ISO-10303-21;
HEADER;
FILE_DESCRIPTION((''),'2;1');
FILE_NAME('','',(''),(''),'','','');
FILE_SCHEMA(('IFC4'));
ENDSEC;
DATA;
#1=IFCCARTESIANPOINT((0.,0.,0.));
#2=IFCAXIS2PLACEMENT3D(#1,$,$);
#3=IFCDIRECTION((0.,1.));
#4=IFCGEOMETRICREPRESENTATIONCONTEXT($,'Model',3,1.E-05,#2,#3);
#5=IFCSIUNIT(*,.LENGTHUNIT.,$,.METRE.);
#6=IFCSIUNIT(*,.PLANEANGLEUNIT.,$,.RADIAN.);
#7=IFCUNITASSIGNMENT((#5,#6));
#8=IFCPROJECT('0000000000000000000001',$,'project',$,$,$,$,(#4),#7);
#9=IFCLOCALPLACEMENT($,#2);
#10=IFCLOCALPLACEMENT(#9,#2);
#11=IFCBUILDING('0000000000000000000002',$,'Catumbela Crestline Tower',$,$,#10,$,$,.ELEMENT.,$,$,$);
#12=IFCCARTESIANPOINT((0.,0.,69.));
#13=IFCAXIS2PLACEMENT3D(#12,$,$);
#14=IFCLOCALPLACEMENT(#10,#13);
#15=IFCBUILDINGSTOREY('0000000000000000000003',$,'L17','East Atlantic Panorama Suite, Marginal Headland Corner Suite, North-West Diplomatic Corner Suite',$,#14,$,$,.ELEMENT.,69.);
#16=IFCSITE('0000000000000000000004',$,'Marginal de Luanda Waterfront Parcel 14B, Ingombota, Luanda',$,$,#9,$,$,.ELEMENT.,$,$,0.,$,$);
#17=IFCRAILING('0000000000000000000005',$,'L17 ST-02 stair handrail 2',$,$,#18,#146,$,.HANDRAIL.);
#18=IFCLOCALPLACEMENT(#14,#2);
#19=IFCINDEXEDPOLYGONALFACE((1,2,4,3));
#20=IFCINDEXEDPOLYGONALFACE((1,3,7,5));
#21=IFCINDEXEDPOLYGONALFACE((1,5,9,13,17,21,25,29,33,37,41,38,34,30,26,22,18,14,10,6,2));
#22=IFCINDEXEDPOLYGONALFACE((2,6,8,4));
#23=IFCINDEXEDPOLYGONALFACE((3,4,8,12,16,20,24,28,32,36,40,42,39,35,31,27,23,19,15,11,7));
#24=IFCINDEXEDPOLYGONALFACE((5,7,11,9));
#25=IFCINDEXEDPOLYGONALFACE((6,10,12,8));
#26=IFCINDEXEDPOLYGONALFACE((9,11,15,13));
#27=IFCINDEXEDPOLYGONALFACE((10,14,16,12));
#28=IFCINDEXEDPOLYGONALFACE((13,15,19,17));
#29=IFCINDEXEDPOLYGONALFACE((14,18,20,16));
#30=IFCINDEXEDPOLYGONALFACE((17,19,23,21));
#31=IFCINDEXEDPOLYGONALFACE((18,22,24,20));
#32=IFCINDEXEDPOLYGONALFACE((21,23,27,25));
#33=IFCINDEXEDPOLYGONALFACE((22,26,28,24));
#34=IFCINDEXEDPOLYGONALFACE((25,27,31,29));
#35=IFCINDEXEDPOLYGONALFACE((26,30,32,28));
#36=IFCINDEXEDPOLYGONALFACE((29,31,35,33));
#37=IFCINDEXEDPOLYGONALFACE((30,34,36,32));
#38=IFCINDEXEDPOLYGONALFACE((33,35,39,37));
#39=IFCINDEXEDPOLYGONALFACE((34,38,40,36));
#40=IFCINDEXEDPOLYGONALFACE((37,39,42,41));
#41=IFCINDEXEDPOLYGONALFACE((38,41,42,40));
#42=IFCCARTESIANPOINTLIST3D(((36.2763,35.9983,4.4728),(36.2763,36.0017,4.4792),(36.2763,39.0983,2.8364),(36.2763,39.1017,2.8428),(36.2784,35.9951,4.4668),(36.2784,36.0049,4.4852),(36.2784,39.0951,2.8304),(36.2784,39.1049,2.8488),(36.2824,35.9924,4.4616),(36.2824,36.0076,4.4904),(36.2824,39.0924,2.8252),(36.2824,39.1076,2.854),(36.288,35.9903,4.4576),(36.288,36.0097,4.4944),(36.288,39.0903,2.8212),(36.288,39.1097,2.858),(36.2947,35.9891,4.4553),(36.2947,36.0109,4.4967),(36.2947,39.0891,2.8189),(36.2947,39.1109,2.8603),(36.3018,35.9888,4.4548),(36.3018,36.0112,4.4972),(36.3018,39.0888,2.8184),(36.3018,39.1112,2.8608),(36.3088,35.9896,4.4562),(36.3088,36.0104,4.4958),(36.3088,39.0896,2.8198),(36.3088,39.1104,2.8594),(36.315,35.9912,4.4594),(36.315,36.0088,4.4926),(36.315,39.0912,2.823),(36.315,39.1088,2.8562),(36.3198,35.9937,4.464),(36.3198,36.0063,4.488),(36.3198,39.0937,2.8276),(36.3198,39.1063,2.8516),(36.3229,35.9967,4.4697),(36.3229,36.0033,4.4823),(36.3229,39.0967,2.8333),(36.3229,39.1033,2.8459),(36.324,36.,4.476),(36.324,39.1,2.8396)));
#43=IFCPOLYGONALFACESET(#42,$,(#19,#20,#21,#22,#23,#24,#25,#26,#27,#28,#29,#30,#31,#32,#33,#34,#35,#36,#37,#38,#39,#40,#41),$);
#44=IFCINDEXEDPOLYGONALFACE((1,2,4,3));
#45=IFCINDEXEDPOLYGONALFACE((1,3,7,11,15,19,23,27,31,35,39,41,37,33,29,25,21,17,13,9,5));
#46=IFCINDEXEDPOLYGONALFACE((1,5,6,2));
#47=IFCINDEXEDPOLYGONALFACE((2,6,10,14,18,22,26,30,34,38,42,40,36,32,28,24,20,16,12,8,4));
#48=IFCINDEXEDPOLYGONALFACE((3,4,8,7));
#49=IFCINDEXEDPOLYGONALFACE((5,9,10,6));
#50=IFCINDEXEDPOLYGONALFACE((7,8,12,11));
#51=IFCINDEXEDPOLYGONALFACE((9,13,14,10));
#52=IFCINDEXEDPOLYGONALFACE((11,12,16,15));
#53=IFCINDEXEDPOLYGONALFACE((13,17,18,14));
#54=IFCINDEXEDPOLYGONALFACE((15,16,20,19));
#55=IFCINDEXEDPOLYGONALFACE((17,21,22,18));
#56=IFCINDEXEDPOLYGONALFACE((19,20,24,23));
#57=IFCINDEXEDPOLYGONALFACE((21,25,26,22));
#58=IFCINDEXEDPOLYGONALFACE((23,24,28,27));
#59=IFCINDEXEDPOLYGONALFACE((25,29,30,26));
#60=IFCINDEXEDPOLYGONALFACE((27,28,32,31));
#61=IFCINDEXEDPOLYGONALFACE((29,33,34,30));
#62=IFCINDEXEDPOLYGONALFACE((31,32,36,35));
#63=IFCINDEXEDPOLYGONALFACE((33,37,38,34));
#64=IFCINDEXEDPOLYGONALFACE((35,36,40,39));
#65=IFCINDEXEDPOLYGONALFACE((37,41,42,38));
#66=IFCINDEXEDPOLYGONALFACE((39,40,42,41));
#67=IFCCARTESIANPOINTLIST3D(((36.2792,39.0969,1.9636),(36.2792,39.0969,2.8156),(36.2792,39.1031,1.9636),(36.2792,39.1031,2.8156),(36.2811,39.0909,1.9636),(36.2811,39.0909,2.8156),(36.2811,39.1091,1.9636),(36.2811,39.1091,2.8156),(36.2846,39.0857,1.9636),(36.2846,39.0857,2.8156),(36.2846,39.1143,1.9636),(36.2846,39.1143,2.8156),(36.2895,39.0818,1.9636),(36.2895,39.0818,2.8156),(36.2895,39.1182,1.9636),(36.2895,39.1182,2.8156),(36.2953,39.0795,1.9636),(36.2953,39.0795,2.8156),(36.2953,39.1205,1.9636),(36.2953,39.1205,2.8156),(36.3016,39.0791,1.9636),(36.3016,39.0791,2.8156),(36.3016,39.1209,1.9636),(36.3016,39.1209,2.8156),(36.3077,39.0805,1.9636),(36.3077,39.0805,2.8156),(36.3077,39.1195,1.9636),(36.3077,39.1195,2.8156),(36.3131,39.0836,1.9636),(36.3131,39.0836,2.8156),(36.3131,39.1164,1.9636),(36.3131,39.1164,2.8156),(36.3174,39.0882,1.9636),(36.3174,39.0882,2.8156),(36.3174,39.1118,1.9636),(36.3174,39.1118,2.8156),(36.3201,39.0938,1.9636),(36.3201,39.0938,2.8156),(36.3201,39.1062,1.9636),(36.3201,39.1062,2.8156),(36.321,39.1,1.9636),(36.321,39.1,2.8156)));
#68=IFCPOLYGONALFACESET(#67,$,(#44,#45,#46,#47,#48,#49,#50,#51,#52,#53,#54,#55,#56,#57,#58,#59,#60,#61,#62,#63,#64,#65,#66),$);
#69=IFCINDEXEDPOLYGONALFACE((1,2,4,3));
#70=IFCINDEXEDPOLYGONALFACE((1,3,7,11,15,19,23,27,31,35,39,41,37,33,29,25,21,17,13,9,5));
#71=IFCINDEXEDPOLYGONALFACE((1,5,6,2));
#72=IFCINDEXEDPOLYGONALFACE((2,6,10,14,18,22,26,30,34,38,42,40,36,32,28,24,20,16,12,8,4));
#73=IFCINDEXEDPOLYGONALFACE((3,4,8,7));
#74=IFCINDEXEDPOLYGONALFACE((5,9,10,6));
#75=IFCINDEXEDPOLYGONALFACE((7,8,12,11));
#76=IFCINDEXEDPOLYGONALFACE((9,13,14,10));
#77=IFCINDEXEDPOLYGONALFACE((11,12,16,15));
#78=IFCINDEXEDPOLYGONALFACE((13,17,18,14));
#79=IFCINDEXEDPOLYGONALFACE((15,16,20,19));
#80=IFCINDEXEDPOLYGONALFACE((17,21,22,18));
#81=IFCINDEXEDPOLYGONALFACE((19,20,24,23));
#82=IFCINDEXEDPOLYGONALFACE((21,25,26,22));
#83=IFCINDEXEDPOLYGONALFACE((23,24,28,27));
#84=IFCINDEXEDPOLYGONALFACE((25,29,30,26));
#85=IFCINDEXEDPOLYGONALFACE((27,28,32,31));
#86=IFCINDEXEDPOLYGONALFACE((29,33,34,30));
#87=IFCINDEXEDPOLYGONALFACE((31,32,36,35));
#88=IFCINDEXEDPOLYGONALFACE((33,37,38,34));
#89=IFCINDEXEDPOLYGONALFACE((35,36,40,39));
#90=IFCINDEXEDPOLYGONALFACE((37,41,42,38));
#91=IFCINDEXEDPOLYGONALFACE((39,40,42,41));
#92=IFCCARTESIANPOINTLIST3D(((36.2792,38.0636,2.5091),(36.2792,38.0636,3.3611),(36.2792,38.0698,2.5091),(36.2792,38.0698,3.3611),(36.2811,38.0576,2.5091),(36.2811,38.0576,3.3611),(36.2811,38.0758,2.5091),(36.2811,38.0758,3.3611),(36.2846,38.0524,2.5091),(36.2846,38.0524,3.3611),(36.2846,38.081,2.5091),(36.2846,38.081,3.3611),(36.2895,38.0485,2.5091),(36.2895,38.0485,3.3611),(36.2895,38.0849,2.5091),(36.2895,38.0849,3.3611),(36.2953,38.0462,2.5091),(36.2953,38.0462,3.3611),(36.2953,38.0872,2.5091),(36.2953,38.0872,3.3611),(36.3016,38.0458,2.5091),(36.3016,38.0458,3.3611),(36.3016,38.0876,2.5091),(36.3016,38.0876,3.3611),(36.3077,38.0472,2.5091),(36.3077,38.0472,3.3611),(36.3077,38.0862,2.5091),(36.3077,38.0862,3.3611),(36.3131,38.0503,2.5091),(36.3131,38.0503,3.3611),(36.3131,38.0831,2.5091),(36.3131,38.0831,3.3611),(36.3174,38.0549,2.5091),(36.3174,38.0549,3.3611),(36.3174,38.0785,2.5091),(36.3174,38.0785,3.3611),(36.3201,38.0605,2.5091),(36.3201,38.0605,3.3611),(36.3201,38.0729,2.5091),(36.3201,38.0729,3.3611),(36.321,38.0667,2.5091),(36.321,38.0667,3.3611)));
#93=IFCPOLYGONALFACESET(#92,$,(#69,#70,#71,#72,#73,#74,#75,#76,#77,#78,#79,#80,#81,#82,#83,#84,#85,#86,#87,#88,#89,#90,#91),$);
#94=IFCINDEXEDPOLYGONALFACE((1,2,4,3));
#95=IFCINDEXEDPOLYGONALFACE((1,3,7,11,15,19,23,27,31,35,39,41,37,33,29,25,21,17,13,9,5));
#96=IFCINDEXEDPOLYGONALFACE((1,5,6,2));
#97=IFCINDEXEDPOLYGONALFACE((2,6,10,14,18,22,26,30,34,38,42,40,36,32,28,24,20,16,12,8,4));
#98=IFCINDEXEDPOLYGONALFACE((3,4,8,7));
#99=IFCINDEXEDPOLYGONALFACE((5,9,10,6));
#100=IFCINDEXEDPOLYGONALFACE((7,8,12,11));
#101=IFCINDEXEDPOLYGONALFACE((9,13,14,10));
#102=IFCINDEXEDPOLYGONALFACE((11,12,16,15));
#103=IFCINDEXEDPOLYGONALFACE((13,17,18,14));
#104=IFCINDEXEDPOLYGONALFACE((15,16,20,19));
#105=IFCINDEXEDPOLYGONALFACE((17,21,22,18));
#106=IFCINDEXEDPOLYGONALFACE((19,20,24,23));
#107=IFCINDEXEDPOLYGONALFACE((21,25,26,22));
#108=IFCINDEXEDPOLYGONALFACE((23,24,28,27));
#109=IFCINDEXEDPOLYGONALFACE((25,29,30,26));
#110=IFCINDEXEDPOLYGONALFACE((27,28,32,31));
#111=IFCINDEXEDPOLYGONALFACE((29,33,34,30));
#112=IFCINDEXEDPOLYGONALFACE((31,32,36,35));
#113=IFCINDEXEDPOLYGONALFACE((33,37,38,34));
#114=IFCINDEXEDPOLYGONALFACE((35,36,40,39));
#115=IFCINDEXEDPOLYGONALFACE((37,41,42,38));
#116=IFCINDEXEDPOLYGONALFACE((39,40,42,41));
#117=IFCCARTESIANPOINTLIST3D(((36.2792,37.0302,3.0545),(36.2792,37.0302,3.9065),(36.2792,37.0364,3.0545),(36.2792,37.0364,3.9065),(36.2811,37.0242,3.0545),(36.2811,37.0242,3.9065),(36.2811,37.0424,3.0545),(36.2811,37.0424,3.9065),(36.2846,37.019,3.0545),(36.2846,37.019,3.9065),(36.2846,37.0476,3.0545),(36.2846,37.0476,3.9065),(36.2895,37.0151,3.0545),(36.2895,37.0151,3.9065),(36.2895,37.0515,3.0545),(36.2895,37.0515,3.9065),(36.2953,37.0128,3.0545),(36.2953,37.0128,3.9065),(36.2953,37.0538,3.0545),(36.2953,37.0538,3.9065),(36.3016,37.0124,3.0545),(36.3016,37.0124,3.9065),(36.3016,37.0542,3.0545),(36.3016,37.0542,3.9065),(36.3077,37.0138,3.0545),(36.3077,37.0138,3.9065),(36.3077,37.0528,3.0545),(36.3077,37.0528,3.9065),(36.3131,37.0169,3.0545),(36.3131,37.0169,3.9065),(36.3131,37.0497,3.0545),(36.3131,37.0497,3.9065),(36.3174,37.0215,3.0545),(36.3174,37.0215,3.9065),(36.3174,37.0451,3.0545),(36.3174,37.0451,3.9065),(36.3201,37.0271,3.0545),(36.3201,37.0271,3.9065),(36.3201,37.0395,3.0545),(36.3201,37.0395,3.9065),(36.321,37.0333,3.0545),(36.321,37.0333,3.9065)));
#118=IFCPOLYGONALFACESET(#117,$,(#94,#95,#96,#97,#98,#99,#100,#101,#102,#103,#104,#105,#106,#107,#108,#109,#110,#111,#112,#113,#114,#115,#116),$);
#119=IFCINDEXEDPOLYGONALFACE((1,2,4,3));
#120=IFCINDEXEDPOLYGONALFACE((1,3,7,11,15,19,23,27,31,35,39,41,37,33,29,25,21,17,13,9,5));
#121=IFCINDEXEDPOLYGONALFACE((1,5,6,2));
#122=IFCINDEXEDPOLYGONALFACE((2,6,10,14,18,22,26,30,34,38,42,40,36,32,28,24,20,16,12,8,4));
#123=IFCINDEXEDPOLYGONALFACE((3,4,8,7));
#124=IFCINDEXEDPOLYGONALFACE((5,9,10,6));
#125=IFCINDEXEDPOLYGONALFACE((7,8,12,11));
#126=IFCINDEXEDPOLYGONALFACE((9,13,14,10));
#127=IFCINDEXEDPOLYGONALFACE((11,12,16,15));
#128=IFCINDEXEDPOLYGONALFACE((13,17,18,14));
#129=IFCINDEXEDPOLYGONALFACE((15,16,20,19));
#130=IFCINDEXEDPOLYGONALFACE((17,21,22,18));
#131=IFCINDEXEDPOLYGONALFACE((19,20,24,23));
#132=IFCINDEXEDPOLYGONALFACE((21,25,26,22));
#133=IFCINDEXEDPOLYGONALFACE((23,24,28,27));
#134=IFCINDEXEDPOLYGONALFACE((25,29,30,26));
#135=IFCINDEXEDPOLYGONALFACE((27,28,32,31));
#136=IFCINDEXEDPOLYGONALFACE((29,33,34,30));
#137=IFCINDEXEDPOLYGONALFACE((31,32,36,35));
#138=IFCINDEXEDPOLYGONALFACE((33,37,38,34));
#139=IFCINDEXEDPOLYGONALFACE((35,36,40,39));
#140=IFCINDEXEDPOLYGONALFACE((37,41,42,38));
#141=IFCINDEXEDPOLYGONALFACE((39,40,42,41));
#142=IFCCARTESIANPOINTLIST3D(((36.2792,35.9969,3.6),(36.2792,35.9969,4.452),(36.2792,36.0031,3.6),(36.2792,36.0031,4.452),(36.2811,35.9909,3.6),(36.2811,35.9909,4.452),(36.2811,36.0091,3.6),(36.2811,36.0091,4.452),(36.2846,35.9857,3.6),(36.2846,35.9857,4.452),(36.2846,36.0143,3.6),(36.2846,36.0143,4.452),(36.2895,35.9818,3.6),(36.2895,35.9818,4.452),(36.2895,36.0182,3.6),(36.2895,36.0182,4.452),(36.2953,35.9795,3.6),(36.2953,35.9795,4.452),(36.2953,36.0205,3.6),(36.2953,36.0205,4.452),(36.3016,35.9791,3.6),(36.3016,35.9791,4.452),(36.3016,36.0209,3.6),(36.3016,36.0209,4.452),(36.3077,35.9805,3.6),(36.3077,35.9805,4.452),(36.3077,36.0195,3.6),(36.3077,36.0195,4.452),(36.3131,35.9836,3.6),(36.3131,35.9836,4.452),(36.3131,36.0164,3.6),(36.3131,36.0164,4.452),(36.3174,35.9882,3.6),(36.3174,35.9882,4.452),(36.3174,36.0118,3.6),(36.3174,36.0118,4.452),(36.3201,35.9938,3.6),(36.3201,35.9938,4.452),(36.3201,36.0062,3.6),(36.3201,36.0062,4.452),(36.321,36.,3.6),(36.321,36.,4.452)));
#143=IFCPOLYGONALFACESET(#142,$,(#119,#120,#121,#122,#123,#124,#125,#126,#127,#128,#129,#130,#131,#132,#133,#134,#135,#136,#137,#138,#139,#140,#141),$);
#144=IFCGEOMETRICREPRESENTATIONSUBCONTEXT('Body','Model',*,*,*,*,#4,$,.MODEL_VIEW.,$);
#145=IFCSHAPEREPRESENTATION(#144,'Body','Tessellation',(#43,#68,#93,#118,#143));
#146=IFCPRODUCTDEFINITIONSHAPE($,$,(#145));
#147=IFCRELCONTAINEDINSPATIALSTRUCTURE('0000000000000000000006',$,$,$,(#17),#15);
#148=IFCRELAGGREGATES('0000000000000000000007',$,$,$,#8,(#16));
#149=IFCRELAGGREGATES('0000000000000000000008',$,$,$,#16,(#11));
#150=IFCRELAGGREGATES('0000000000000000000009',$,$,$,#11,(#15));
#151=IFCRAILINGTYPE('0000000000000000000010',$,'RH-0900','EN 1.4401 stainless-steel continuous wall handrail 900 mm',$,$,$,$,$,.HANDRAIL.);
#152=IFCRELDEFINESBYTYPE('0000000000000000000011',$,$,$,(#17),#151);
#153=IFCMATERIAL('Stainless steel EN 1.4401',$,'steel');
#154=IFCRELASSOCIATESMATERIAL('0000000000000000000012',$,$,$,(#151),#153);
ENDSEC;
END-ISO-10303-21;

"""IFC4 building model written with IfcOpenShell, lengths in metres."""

from ifc_helpers import new_model, si_unit, direction, frame, origin, origin_2d, place, context, subcontext, project, spatial, circle, extrude, material, type_object, element, save


model = new_model("IFC4")

# Units and contexts
model_context = context("Model", 3, precision=1e-05, world=origin(), true_north=direction((0.0, 1.0)))
body_context = subcontext(model_context, "Body", "Model", "MODEL_VIEW")
ifc_project = project(units=[si_unit("LENGTHUNIT", "METRE"), si_unit("PLANEANGLEUNIT", "RADIAN")], contexts=[model_context])

# Site, building, storey
site_placement = place(None, origin())
site = spatial("IfcSite", under=ifc_project, at=site_placement, Name="Marginal de Luanda Waterfront Parcel 14B, Ingombota, Luanda", CompositionType="ELEMENT", RefElevation=0.0)
building_placement = place(site_placement, origin())
building = spatial("IfcBuilding", under=site, at=building_placement, Name="Catumbela Crestline Tower", CompositionType="ELEMENT")
storey_placement = place(building_placement, frame((0.0, 0.0, 69.0)))
storey = spatial("IfcBuildingStorey", under=building, at=storey_placement, Name="L17", Description="East Atlantic Panorama Suite, Marginal Headland Corner Suite, North-West Diplomatic Corner Suite", CompositionType="ELEMENT", Elevation=69.0)

# Shared definitions
ifc_material_1 = material(Name="Stainless steel EN 1.4401", Category="steel")

# Railing
railing_type_1 = type_object("IfcRailingType", Name="RH-0900", Description="EN 1.4401 stainless-steel continuous wall handrail 900 mm", PredefinedType="HANDRAIL", material=ifc_material_1)
railing_1_placement = place(storey_placement, frame((36.3, 39.1, 1.9636)))
element("IfcRailing", 1, at=railing_1_placement, inside=storey, type_object=railing_type_1, Name="L17 ST-02 stair handrail 2", PredefinedType="HANDRAIL", context=body_context, shape_type="SweptSolid", body=[
    extrude(circle(Radius=0.024, at=origin_2d()), frame((0.0, 0.0, 0.876), z_axis=(0.0, -0.884351, 0.466823), x_axis=(1.0, 0.0, 0.0)), (0.0, 0.0, 1.0), 3.5054),
    extrude(circle(Radius=0.021, at=origin_2d()), origin(), (0.0, 0.0, 1.0), 0.852),
    extrude(circle(Radius=0.021, at=origin_2d()), frame((0.0, -1.0333, 0.5455)), (0.0, 0.0, 1.0), 0.852),
    extrude(circle(Radius=0.021, at=origin_2d()), frame((0.0, -2.0667, 1.0909)), (0.0, 0.0, 1.0), 0.852),
    extrude(circle(Radius=0.021, at=origin_2d()), frame((0.0, -3.1, 1.6364)), (0.0, 0.0, 1.0), 0.852),
])

save(model, "model.ifc")
